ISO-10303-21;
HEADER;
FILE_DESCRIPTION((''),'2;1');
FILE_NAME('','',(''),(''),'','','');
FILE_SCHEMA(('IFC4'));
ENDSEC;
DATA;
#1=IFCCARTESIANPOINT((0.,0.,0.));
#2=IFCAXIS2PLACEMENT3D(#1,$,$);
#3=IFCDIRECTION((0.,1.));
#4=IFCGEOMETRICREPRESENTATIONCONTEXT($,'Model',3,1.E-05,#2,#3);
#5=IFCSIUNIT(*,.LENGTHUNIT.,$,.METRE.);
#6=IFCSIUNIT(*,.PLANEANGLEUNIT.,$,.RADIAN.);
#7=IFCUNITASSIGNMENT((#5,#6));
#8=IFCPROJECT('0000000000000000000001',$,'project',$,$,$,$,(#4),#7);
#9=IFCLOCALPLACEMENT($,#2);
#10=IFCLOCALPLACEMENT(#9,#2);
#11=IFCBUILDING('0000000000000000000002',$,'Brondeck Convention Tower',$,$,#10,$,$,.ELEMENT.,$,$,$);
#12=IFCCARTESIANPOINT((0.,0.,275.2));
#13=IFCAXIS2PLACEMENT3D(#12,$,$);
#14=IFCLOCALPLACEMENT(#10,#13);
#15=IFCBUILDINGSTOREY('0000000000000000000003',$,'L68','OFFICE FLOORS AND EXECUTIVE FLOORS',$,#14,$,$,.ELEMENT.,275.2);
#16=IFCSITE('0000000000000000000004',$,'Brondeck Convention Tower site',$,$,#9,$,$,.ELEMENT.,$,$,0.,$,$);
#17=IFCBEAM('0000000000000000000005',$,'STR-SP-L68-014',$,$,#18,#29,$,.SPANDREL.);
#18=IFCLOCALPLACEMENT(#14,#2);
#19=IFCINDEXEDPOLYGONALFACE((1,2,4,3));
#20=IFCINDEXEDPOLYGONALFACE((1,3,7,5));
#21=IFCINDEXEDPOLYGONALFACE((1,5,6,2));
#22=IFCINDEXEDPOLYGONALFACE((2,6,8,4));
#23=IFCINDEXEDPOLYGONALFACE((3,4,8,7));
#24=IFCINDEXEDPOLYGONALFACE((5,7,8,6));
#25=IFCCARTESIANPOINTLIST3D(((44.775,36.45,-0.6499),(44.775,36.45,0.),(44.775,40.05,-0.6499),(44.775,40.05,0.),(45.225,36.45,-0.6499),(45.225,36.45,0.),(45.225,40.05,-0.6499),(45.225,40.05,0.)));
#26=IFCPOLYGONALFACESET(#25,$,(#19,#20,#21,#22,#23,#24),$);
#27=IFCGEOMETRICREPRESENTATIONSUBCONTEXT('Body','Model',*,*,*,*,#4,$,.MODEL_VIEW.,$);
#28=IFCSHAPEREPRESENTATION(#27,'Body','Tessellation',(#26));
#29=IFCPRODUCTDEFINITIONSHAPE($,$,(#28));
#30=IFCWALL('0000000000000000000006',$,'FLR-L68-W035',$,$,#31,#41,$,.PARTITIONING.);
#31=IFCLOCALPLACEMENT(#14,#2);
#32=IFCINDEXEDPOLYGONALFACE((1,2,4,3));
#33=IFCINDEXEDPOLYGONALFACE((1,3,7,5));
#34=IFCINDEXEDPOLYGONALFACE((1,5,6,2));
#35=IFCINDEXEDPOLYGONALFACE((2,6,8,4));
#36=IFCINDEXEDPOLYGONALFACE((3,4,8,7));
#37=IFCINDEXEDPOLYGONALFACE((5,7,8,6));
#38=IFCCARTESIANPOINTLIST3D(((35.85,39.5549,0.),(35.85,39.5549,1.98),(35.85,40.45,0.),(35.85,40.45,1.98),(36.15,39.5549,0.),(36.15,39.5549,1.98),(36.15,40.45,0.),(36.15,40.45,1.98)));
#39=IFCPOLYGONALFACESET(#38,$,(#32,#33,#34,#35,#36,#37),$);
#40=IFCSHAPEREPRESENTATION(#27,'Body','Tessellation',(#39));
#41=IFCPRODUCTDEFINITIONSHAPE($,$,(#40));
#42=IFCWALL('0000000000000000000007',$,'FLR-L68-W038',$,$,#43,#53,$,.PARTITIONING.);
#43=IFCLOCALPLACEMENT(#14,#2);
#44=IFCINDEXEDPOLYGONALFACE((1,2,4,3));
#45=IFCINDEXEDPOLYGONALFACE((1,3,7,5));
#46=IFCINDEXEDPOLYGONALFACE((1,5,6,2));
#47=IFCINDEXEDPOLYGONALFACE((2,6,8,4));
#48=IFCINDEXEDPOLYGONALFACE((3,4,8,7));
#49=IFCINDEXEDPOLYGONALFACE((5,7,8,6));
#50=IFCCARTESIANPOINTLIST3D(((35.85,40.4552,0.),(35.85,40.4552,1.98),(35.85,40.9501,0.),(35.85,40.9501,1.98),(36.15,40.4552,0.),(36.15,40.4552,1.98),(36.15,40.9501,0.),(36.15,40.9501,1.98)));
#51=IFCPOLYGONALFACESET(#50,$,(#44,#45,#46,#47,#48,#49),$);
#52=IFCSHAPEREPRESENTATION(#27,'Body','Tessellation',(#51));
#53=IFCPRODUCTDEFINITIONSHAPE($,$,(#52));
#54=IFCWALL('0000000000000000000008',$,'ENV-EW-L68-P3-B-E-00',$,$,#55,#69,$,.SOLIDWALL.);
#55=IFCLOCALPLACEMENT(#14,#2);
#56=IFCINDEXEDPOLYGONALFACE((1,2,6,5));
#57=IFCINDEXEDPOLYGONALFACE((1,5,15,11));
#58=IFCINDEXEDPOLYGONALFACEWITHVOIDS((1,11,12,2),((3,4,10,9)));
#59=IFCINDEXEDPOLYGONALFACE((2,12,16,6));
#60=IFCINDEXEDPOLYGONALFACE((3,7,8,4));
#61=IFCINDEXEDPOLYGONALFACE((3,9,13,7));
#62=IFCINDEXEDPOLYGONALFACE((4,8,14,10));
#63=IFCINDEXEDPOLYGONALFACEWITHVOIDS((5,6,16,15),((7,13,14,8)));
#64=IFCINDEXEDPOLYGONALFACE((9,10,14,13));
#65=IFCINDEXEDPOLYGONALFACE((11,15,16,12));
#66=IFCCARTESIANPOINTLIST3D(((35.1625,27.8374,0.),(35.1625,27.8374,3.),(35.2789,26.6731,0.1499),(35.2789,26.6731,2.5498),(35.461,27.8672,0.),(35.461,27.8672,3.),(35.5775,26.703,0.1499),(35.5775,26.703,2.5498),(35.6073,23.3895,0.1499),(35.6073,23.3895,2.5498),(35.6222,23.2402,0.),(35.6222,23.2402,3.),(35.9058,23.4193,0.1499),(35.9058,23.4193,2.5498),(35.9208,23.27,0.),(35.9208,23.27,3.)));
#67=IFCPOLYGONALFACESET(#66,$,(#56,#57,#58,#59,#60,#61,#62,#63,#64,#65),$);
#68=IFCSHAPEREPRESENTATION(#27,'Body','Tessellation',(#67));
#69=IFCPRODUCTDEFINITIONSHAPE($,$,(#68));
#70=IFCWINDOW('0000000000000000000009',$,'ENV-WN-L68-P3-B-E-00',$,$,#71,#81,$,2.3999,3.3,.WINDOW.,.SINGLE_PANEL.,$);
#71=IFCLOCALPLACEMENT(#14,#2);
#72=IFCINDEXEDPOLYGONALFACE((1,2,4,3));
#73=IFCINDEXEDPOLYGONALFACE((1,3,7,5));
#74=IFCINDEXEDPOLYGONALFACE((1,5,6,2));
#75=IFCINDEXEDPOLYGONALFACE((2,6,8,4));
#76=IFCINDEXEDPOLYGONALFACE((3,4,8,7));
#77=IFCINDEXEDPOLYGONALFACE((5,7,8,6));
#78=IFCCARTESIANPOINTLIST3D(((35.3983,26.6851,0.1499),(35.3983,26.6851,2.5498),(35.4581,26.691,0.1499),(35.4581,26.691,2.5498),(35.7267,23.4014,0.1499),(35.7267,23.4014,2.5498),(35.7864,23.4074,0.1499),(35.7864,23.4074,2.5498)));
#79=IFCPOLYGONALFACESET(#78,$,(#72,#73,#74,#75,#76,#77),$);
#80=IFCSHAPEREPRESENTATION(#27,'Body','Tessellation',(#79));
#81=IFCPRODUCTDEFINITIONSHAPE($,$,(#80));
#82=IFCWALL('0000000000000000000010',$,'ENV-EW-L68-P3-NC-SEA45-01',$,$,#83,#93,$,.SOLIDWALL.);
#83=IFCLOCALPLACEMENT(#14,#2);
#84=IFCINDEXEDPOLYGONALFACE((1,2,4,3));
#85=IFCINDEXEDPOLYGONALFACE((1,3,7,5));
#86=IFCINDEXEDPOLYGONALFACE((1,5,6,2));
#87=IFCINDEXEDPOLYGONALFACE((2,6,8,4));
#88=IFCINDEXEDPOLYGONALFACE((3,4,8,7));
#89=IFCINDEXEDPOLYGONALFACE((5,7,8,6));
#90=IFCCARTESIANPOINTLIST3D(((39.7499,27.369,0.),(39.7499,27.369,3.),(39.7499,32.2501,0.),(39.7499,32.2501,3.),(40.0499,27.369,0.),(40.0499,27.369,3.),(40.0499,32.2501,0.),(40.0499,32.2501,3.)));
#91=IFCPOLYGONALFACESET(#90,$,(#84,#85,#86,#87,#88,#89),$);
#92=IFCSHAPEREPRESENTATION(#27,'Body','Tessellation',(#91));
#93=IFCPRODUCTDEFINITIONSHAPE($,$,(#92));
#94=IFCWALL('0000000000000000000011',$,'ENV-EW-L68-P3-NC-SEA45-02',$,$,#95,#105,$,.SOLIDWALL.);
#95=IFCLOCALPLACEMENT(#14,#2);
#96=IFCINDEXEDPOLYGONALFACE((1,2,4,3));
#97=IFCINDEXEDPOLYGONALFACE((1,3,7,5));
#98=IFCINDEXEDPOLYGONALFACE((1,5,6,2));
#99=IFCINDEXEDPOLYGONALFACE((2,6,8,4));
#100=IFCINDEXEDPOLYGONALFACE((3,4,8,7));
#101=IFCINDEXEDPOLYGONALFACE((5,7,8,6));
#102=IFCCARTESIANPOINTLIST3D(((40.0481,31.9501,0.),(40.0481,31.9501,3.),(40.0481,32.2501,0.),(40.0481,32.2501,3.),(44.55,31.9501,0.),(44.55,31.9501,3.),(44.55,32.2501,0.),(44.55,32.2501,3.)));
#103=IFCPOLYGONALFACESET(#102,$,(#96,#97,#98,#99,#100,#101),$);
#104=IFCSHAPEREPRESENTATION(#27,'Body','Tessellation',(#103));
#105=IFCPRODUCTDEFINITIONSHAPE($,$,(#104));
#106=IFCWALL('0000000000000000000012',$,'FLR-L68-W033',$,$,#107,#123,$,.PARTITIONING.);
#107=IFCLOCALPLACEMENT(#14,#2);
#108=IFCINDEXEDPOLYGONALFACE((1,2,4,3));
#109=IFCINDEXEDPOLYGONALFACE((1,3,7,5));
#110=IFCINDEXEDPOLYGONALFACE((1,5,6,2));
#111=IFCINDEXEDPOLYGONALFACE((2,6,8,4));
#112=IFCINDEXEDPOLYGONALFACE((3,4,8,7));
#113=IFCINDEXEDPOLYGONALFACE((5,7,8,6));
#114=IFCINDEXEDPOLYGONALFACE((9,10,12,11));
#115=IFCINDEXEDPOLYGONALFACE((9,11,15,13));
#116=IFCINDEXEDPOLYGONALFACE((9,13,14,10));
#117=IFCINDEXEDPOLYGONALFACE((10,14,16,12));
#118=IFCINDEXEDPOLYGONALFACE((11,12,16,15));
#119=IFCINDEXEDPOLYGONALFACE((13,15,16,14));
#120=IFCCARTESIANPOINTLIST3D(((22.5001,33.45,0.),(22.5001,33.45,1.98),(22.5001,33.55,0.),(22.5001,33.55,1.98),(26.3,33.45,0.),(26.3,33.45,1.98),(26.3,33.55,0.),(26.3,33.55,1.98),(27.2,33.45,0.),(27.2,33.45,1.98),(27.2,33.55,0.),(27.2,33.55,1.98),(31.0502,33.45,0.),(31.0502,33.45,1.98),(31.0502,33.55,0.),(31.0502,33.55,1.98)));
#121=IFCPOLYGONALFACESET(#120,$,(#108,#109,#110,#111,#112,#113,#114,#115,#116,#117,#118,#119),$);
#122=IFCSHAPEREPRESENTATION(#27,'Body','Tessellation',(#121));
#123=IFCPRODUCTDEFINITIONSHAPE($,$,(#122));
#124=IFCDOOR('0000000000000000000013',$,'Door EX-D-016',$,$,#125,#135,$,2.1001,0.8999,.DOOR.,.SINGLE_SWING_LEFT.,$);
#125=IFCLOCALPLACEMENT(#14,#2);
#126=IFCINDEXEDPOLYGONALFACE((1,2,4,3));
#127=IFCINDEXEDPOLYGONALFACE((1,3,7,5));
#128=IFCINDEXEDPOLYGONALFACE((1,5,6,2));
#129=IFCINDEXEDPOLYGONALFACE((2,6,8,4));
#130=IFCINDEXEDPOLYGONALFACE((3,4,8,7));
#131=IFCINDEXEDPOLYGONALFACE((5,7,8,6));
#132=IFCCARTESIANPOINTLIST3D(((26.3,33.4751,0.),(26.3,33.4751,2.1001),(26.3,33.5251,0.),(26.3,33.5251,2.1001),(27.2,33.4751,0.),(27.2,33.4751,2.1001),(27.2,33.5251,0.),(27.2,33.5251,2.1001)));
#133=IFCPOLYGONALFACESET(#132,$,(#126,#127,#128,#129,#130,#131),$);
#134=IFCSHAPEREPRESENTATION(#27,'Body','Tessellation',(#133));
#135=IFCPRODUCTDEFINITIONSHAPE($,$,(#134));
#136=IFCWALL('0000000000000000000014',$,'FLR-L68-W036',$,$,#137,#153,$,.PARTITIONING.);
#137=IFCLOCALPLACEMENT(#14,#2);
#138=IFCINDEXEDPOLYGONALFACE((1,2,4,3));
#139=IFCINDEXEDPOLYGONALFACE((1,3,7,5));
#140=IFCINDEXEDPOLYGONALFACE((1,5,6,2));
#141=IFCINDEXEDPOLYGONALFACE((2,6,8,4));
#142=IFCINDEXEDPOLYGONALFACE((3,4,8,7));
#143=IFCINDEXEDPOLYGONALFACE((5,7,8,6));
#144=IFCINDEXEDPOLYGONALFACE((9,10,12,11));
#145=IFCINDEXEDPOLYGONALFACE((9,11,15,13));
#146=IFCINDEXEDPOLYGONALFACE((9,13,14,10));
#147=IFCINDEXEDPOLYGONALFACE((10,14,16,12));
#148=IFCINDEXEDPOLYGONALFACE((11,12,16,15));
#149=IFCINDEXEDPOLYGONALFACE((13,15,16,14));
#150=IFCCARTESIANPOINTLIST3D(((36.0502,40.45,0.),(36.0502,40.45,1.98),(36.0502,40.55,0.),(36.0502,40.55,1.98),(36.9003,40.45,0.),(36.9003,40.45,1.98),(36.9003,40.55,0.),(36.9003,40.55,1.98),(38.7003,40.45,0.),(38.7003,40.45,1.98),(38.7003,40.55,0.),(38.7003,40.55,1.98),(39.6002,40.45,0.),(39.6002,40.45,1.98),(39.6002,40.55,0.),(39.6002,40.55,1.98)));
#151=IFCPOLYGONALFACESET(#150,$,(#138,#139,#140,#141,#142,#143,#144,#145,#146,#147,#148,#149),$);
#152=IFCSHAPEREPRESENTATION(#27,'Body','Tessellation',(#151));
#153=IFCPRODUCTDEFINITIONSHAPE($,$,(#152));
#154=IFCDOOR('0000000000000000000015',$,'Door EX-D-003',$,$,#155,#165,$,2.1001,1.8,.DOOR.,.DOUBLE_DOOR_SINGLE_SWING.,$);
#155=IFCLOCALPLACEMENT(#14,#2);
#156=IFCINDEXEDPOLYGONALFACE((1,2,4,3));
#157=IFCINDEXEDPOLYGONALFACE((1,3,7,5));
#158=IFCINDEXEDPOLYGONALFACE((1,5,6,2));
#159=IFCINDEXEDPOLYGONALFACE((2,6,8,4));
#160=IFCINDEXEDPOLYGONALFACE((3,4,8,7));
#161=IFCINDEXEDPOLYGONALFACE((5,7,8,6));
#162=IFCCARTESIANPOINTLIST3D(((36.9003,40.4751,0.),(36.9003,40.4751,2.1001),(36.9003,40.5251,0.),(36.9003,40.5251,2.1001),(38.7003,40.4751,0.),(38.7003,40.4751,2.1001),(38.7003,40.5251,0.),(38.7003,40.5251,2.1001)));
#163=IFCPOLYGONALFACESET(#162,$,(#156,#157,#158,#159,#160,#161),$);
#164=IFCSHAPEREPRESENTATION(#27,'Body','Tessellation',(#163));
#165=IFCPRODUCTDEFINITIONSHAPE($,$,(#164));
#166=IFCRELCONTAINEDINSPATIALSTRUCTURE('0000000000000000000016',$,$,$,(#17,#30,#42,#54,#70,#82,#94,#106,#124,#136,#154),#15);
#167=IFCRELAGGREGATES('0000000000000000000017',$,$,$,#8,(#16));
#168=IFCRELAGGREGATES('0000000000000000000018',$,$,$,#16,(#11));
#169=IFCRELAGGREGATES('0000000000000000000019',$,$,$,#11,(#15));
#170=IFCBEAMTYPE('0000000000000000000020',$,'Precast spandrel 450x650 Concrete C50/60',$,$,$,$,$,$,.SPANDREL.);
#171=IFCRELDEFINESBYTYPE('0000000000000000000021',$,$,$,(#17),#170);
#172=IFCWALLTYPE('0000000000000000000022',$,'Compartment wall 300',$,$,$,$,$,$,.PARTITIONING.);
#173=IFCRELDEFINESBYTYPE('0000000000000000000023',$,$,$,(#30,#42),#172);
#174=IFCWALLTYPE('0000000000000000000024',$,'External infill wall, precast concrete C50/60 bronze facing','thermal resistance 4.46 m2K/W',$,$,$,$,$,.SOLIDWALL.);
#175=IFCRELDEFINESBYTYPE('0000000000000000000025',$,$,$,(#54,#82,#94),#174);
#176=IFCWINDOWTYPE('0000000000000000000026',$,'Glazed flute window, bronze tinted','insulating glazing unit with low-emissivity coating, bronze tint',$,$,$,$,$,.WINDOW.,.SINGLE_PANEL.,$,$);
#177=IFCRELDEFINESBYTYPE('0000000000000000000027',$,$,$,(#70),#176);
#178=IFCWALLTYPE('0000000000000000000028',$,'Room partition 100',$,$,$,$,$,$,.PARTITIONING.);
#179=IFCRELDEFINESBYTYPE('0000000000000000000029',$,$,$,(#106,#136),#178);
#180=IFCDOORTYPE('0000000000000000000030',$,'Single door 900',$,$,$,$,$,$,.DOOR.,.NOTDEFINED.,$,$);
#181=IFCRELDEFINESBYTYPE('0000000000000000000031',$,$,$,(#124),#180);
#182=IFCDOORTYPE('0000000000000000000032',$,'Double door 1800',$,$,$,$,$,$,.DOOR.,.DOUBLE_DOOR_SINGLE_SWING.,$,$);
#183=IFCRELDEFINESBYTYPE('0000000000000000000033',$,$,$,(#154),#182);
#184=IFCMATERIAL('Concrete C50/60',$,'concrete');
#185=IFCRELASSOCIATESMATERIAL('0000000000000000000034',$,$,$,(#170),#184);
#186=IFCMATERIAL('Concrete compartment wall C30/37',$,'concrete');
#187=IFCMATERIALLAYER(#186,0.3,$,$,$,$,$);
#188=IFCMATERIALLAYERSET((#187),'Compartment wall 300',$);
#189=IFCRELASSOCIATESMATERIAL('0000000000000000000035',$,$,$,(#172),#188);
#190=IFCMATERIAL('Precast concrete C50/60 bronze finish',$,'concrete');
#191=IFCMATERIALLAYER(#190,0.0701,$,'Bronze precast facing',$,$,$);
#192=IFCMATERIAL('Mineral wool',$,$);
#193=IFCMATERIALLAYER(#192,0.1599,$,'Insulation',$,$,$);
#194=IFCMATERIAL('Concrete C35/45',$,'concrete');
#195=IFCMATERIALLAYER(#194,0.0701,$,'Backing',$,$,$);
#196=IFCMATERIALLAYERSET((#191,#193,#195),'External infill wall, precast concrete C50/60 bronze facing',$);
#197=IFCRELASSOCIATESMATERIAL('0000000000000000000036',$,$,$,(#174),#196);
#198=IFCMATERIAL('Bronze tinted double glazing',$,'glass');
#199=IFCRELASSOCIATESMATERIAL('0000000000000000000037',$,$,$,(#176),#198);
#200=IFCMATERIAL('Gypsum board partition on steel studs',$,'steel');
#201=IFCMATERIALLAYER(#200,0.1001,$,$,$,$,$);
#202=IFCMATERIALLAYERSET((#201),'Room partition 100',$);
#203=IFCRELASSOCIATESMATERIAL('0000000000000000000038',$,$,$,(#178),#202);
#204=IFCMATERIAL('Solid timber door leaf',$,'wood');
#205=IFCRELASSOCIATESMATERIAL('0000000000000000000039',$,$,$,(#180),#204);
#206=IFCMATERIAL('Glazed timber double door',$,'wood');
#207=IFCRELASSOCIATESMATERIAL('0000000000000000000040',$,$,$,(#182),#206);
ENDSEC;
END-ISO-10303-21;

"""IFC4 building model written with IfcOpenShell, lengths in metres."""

from ifc_helpers import new_model, si_unit, direction, frame, frame_2d, origin, origin_2d, place, context, subcontext, project, spatial, rectangle, extrude, material, layer, layer_set, material_profile, profile_set, type_object, element, fill, save


model = new_model("IFC4")

# Units and contexts
model_context = context("Model", 3, precision=1e-05, world=origin(), true_north=direction((0.0, 1.0)))
body_context = subcontext(model_context, "Body", "Model", "MODEL_VIEW")
ifc_project = project(units=[si_unit("LENGTHUNIT", "METRE"), si_unit("PLANEANGLEUNIT", "RADIAN")], contexts=[model_context])

# Site, building, storey
site_placement = place(None, origin())
site = spatial("IfcSite", under=ifc_project, at=site_placement, Name="Brondeck Convention Tower site", CompositionType="ELEMENT", RefElevation=0.0)
building_placement = place(site_placement, origin())
building = spatial("IfcBuilding", under=site, at=building_placement, Name="Brondeck Convention Tower", CompositionType="ELEMENT")
storey_placement = place(building_placement, frame((0.0, 0.0, 275.2)))
storey = spatial("IfcBuildingStorey", under=building, at=storey_placement, Name="L68", Description="OFFICE FLOORS AND EXECUTIVE FLOORS", CompositionType="ELEMENT", Elevation=275.2)

# Shared definitions
ifc_material_1 = material(Name="Concrete C50/60", Category="concrete")

# Beam
ifc_material_profile_1 = material_profile(ifc_material_1, rectangle(XDim=0.45, YDim=0.6499, at=origin_2d()), Name="Precast spandrel 450x650 Concrete C50/60")
ifc_profile_set_1 = profile_set([ifc_material_profile_1], Name="Concrete C50/60")
beam_type_1 = type_object("IfcBeamType", Name="Precast spandrel 450x650 Concrete C50/60", PredefinedType="SPANDREL", material=ifc_profile_set_1)
for number, where, z_axis, x_axis, name in (
    (1, (45.0, 36.45, -0.325), (0.0, 1.0, 0.0), (-1.0, 0.0, 0.0), "STR-SP-L68-014"),
):
    element("IfcBeam", number, at=place(storey_placement, frame(where, z_axis=z_axis, x_axis=x_axis)), inside=storey, type_object=beam_type_1, Name=name, PredefinedType="SPANDREL", context=body_context, shape_type="SweptSolid", body=[
        extrude(rectangle(XDim=0.45, YDim=0.6499, at=origin_2d()), origin(), (0.0, 0.0, 1.0), 3.6001),
    ])

# Walls
ifc_material_2 = material(Name="Concrete compartment wall C30/37", Category="concrete")
ifc_layer_1 = layer(ifc_material_2, 0.3)
ifc_layer_set_1 = layer_set([ifc_layer_1], Name="Compartment wall 300")
wall_type_1 = type_object("IfcWallType", Name="Compartment wall 300", PredefinedType="PARTITIONING", material=ifc_layer_set_1)
wall_1_placement = place(storey_placement, frame((36.0, 39.5549, 0.0), z_axis=(0.0, 0.0, 1.0), x_axis=(0.0, 1.0, 0.0)))
element("IfcWall", 2, at=wall_1_placement, inside=storey, type_object=wall_type_1, Name="FLR-L68-W035", PredefinedType="PARTITIONING", context=body_context, shape_type="SweptSolid", body=[
    extrude(rectangle(XDim=0.895, YDim=0.3, at=frame_2d((0.4475, 0.0))), origin(), (0.0, 0.0, 1.0), 1.98),
])
wall_2_placement = place(storey_placement, frame((36.0, 40.4551, 0.0), z_axis=(0.0, 0.0, 1.0), x_axis=(0.0, 1.0, 0.0)))
element("IfcWall", 3, at=wall_2_placement, inside=storey, type_object=wall_type_1, Name="FLR-L68-W038", PredefinedType="PARTITIONING", context=body_context, shape_type="SweptSolid", body=[
    extrude(rectangle(XDim=0.4949, YDim=0.3, at=frame_2d((0.2476, 0.0))), origin(), (0.0, 0.0, 1.0), 1.98),
])

# Wall, opening, window
ifc_material_3 = material(Name="Precast concrete C50/60 bronze finish", Category="concrete")
ifc_layer_2 = layer(ifc_material_3, 0.0701, Name="Bronze precast facing")
ifc_material_4 = material(Name="Mineral wool")
ifc_layer_3 = layer(ifc_material_4, 0.1599, Name="Insulation")
ifc_material_5 = material(Name="Concrete C35/45", Category="concrete")
ifc_layer_4 = layer(ifc_material_5, 0.0701, Name="Backing")
ifc_layer_set_2 = layer_set([ifc_layer_2, ifc_layer_3, ifc_layer_4], Name="External infill wall, precast concrete C50/60 bronze facing")
wall_type_2 = type_object("IfcWallType", Name="External infill wall, precast concrete C50/60 bronze facing", Description="thermal resistance 4.46 m2K/W", PredefinedType="SOLIDWALL", material=ifc_layer_set_2)
wall_3_placement = place(storey_placement, frame((35.3118, 27.8523, 0.0), z_axis=(0.0, 0.0, 1.0), x_axis=(0.099504, -0.995037, 0.0)))
wall_3 = element("IfcWall", 4, at=wall_3_placement, inside=storey, type_object=wall_type_2, Name="ENV-EW-L68-P3-B-E-00", PredefinedType="SOLIDWALL", context=body_context, shape_type="SweptSolid", body=[
    extrude(rectangle(XDim=4.6201, YDim=0.3, at=frame_2d((2.3101, 0.0))), origin(), (0.0, 0.0, 1.0), 3.0),
])
opening_1_placement = place(wall_3_placement, frame((1.1702, 0.0, 0.1499)))
opening_1 = element("IfcOpeningElement", 5, at=opening_1_placement, cuts=wall_3, PredefinedType="OPENING", context=body_context, shape_type="SweptSolid", body=[
    extrude(rectangle(XDim=3.3, YDim=2.3999, at=frame_2d((1.6499, 1.2))), frame((0.0, 0.1599, 0.0), z_axis=(0.0, -1.0, 0.0), x_axis=(1.0, 0.0, 0.0)), (0.0, 0.0, 1.0), 0.3201),
])
ifc_material_6 = material(Name="Bronze tinted double glazing", Category="glass")
window_type = type_object("IfcWindowType", Name="Glazed flute window, bronze tinted", Description="insulating glazing unit with low-emissivity coating, bronze tint", PartitioningType="SINGLE_PANEL", PredefinedType="WINDOW", material=ifc_material_6)
window_placement = place(opening_1_placement, origin())
window = element("IfcWindow", 6, at=window_placement, inside=storey, type_object=window_type, Name="ENV-WN-L68-P3-B-E-00", OverallHeight=2.3999, OverallWidth=3.3, PartitioningType="SINGLE_PANEL", PredefinedType="WINDOW", context=body_context, shape_type="SweptSolid", body=[
    extrude(rectangle(XDim=3.3, YDim=2.3999, at=frame_2d((1.6499, 1.2))), frame((0.0, 0.03, 0.0), z_axis=(0.0, -1.0, 0.0), x_axis=(1.0, 0.0, 0.0)), (0.0, 0.0, 1.0), 0.0601),
])
fill(opening_1, window)

# Walls
wall_4_placement = place(storey_placement, frame((39.8999, 32.25, 0.0), z_axis=(0.0, 0.0, 1.0), x_axis=(0.0, -1.0, 0.0)))
element("IfcWall", 7, at=wall_4_placement, inside=storey, type_object=wall_type_2, Name="ENV-EW-L68-P3-NC-SEA45-01", PredefinedType="SOLIDWALL", context=body_context, shape_type="SweptSolid", body=[
    extrude(rectangle(XDim=4.8811, YDim=0.3, at=frame_2d((2.4404, 0.0))), origin(), (0.0, 0.0, 1.0), 3.0),
])
wall_5_placement = place(storey_placement, frame((44.55, 32.1001, 0.0), z_axis=(0.0, 0.0, 1.0), x_axis=(-1.0, 0.0, 0.0)))
element("IfcWall", 8, at=wall_5_placement, inside=storey, type_object=wall_type_2, Name="ENV-EW-L68-P3-NC-SEA45-02", PredefinedType="SOLIDWALL", context=body_context, shape_type="SweptSolid", body=[
    extrude(rectangle(XDim=4.502, YDim=0.3, at=frame_2d((2.251, 0.0))), origin(), (0.0, 0.0, 1.0), 3.0),
])

# Walls, openings, doors
ifc_material_7 = material(Name="Gypsum board partition on steel studs", Category="steel")
ifc_layer_5 = layer(ifc_material_7, 0.1001)
ifc_layer_set_3 = layer_set([ifc_layer_5], Name="Room partition 100")
wall_type_3 = type_object("IfcWallType", Name="Room partition 100", PredefinedType="PARTITIONING", material=ifc_layer_set_3)
wall_6_placement = place(storey_placement, frame((31.05, 33.5, 0.0), z_axis=(0.0, 0.0, 1.0), x_axis=(-1.0, 0.0, 0.0)))
wall_6 = element("IfcWall", 9, at=wall_6_placement, inside=storey, type_object=wall_type_3, Name="FLR-L68-W033", PredefinedType="PARTITIONING", context=body_context, shape_type="SweptSolid", body=[
    extrude(rectangle(XDim=8.55, YDim=0.1001, at=frame_2d((4.2749, 0.0))), origin(), (0.0, 0.0, 1.0), 1.98),
])
opening_2_placement = place(wall_6_placement, frame((3.8501, 0.0, 0.0)))
opening_2 = element("IfcOpeningElement", 10, at=opening_2_placement, cuts=wall_6, PredefinedType="OPENING", context=body_context, shape_type="SweptSolid", body=[
    extrude(rectangle(XDim=0.8999, YDim=2.1001, at=frame_2d((0.45, 1.05))), frame((0.0, 0.0601, 0.0), z_axis=(0.0, -1.0, 0.0), x_axis=(1.0, 0.0, 0.0)), (0.0, 0.0, 1.0), 0.1201),
])
ifc_material_8 = material(Name="Solid timber door leaf", Category="wood")
door_type_1 = type_object("IfcDoorType", Name="Single door 900", OperationType="NOTDEFINED", PredefinedType="DOOR", material=ifc_material_8)
door_1_placement = place(opening_2_placement, origin())
door_1 = element("IfcDoor", 11, at=door_1_placement, inside=storey, type_object=door_type_1, Name="Door EX-D-016", OperationType="SINGLE_SWING_LEFT", OverallHeight=2.1001, OverallWidth=0.8999, PredefinedType="DOOR", context=body_context, shape_type="SweptSolid", body=[
    extrude(rectangle(XDim=0.8999, YDim=2.1001, at=frame_2d((0.45, 1.05))), frame((0.0, 0.0249, 0.0), z_axis=(0.0, -1.0, 0.0), x_axis=(1.0, 0.0, 0.0)), (0.0, 0.0, 1.0), 0.05),
])
fill(opening_2, door_1)
wall_7_placement = place(storey_placement, frame((39.6001, 40.5, 0.0), z_axis=(0.0, 0.0, 1.0), x_axis=(-1.0, 0.0, 0.0)))
wall_7 = element("IfcWall", 12, at=wall_7_placement, inside=storey, type_object=wall_type_3, Name="FLR-L68-W036", PredefinedType="PARTITIONING", context=body_context, shape_type="SweptSolid", body=[
    extrude(rectangle(XDim=3.55, YDim=0.1001, at=frame_2d((1.7749, 0.0))), origin(), (0.0, 0.0, 1.0), 1.98),
])
opening_3_placement = place(wall_7_placement, frame((0.8999, 0.0, 0.0)))
opening_3 = element("IfcOpeningElement", 13, at=opening_3_placement, cuts=wall_7, PredefinedType="OPENING", context=body_context, shape_type="SweptSolid", body=[
    extrude(rectangle(XDim=1.8, YDim=2.1001, at=frame_2d((0.8999, 1.05))), frame((0.0, 0.0601, 0.0), z_axis=(0.0, -1.0, 0.0), x_axis=(1.0, 0.0, 0.0)), (0.0, 0.0, 1.0), 0.1201),
])
ifc_material_9 = material(Name="Glazed timber double door", Category="wood")
door_type_2 = type_object("IfcDoorType", Name="Double door 1800", OperationType="DOUBLE_DOOR_SINGLE_SWING", PredefinedType="DOOR", material=ifc_material_9)
door_2_placement = place(opening_3_placement, origin())
door_2 = element("IfcDoor", 14, at=door_2_placement, inside=storey, type_object=door_type_2, Name="Door EX-D-003", OperationType="DOUBLE_DOOR_SINGLE_SWING", OverallHeight=2.1001, OverallWidth=1.8, PredefinedType="DOOR", context=body_context, shape_type="SweptSolid", body=[
    extrude(rectangle(XDim=1.8, YDim=2.1001, at=frame_2d((0.8999, 1.05))), frame((0.0, 0.0249, 0.0), z_axis=(0.0, -1.0, 0.0), x_axis=(1.0, 0.0, 0.0)), (0.0, 0.0, 1.0), 0.05),
])
fill(opening_3, door_2)

save(model, "model.ifc")
